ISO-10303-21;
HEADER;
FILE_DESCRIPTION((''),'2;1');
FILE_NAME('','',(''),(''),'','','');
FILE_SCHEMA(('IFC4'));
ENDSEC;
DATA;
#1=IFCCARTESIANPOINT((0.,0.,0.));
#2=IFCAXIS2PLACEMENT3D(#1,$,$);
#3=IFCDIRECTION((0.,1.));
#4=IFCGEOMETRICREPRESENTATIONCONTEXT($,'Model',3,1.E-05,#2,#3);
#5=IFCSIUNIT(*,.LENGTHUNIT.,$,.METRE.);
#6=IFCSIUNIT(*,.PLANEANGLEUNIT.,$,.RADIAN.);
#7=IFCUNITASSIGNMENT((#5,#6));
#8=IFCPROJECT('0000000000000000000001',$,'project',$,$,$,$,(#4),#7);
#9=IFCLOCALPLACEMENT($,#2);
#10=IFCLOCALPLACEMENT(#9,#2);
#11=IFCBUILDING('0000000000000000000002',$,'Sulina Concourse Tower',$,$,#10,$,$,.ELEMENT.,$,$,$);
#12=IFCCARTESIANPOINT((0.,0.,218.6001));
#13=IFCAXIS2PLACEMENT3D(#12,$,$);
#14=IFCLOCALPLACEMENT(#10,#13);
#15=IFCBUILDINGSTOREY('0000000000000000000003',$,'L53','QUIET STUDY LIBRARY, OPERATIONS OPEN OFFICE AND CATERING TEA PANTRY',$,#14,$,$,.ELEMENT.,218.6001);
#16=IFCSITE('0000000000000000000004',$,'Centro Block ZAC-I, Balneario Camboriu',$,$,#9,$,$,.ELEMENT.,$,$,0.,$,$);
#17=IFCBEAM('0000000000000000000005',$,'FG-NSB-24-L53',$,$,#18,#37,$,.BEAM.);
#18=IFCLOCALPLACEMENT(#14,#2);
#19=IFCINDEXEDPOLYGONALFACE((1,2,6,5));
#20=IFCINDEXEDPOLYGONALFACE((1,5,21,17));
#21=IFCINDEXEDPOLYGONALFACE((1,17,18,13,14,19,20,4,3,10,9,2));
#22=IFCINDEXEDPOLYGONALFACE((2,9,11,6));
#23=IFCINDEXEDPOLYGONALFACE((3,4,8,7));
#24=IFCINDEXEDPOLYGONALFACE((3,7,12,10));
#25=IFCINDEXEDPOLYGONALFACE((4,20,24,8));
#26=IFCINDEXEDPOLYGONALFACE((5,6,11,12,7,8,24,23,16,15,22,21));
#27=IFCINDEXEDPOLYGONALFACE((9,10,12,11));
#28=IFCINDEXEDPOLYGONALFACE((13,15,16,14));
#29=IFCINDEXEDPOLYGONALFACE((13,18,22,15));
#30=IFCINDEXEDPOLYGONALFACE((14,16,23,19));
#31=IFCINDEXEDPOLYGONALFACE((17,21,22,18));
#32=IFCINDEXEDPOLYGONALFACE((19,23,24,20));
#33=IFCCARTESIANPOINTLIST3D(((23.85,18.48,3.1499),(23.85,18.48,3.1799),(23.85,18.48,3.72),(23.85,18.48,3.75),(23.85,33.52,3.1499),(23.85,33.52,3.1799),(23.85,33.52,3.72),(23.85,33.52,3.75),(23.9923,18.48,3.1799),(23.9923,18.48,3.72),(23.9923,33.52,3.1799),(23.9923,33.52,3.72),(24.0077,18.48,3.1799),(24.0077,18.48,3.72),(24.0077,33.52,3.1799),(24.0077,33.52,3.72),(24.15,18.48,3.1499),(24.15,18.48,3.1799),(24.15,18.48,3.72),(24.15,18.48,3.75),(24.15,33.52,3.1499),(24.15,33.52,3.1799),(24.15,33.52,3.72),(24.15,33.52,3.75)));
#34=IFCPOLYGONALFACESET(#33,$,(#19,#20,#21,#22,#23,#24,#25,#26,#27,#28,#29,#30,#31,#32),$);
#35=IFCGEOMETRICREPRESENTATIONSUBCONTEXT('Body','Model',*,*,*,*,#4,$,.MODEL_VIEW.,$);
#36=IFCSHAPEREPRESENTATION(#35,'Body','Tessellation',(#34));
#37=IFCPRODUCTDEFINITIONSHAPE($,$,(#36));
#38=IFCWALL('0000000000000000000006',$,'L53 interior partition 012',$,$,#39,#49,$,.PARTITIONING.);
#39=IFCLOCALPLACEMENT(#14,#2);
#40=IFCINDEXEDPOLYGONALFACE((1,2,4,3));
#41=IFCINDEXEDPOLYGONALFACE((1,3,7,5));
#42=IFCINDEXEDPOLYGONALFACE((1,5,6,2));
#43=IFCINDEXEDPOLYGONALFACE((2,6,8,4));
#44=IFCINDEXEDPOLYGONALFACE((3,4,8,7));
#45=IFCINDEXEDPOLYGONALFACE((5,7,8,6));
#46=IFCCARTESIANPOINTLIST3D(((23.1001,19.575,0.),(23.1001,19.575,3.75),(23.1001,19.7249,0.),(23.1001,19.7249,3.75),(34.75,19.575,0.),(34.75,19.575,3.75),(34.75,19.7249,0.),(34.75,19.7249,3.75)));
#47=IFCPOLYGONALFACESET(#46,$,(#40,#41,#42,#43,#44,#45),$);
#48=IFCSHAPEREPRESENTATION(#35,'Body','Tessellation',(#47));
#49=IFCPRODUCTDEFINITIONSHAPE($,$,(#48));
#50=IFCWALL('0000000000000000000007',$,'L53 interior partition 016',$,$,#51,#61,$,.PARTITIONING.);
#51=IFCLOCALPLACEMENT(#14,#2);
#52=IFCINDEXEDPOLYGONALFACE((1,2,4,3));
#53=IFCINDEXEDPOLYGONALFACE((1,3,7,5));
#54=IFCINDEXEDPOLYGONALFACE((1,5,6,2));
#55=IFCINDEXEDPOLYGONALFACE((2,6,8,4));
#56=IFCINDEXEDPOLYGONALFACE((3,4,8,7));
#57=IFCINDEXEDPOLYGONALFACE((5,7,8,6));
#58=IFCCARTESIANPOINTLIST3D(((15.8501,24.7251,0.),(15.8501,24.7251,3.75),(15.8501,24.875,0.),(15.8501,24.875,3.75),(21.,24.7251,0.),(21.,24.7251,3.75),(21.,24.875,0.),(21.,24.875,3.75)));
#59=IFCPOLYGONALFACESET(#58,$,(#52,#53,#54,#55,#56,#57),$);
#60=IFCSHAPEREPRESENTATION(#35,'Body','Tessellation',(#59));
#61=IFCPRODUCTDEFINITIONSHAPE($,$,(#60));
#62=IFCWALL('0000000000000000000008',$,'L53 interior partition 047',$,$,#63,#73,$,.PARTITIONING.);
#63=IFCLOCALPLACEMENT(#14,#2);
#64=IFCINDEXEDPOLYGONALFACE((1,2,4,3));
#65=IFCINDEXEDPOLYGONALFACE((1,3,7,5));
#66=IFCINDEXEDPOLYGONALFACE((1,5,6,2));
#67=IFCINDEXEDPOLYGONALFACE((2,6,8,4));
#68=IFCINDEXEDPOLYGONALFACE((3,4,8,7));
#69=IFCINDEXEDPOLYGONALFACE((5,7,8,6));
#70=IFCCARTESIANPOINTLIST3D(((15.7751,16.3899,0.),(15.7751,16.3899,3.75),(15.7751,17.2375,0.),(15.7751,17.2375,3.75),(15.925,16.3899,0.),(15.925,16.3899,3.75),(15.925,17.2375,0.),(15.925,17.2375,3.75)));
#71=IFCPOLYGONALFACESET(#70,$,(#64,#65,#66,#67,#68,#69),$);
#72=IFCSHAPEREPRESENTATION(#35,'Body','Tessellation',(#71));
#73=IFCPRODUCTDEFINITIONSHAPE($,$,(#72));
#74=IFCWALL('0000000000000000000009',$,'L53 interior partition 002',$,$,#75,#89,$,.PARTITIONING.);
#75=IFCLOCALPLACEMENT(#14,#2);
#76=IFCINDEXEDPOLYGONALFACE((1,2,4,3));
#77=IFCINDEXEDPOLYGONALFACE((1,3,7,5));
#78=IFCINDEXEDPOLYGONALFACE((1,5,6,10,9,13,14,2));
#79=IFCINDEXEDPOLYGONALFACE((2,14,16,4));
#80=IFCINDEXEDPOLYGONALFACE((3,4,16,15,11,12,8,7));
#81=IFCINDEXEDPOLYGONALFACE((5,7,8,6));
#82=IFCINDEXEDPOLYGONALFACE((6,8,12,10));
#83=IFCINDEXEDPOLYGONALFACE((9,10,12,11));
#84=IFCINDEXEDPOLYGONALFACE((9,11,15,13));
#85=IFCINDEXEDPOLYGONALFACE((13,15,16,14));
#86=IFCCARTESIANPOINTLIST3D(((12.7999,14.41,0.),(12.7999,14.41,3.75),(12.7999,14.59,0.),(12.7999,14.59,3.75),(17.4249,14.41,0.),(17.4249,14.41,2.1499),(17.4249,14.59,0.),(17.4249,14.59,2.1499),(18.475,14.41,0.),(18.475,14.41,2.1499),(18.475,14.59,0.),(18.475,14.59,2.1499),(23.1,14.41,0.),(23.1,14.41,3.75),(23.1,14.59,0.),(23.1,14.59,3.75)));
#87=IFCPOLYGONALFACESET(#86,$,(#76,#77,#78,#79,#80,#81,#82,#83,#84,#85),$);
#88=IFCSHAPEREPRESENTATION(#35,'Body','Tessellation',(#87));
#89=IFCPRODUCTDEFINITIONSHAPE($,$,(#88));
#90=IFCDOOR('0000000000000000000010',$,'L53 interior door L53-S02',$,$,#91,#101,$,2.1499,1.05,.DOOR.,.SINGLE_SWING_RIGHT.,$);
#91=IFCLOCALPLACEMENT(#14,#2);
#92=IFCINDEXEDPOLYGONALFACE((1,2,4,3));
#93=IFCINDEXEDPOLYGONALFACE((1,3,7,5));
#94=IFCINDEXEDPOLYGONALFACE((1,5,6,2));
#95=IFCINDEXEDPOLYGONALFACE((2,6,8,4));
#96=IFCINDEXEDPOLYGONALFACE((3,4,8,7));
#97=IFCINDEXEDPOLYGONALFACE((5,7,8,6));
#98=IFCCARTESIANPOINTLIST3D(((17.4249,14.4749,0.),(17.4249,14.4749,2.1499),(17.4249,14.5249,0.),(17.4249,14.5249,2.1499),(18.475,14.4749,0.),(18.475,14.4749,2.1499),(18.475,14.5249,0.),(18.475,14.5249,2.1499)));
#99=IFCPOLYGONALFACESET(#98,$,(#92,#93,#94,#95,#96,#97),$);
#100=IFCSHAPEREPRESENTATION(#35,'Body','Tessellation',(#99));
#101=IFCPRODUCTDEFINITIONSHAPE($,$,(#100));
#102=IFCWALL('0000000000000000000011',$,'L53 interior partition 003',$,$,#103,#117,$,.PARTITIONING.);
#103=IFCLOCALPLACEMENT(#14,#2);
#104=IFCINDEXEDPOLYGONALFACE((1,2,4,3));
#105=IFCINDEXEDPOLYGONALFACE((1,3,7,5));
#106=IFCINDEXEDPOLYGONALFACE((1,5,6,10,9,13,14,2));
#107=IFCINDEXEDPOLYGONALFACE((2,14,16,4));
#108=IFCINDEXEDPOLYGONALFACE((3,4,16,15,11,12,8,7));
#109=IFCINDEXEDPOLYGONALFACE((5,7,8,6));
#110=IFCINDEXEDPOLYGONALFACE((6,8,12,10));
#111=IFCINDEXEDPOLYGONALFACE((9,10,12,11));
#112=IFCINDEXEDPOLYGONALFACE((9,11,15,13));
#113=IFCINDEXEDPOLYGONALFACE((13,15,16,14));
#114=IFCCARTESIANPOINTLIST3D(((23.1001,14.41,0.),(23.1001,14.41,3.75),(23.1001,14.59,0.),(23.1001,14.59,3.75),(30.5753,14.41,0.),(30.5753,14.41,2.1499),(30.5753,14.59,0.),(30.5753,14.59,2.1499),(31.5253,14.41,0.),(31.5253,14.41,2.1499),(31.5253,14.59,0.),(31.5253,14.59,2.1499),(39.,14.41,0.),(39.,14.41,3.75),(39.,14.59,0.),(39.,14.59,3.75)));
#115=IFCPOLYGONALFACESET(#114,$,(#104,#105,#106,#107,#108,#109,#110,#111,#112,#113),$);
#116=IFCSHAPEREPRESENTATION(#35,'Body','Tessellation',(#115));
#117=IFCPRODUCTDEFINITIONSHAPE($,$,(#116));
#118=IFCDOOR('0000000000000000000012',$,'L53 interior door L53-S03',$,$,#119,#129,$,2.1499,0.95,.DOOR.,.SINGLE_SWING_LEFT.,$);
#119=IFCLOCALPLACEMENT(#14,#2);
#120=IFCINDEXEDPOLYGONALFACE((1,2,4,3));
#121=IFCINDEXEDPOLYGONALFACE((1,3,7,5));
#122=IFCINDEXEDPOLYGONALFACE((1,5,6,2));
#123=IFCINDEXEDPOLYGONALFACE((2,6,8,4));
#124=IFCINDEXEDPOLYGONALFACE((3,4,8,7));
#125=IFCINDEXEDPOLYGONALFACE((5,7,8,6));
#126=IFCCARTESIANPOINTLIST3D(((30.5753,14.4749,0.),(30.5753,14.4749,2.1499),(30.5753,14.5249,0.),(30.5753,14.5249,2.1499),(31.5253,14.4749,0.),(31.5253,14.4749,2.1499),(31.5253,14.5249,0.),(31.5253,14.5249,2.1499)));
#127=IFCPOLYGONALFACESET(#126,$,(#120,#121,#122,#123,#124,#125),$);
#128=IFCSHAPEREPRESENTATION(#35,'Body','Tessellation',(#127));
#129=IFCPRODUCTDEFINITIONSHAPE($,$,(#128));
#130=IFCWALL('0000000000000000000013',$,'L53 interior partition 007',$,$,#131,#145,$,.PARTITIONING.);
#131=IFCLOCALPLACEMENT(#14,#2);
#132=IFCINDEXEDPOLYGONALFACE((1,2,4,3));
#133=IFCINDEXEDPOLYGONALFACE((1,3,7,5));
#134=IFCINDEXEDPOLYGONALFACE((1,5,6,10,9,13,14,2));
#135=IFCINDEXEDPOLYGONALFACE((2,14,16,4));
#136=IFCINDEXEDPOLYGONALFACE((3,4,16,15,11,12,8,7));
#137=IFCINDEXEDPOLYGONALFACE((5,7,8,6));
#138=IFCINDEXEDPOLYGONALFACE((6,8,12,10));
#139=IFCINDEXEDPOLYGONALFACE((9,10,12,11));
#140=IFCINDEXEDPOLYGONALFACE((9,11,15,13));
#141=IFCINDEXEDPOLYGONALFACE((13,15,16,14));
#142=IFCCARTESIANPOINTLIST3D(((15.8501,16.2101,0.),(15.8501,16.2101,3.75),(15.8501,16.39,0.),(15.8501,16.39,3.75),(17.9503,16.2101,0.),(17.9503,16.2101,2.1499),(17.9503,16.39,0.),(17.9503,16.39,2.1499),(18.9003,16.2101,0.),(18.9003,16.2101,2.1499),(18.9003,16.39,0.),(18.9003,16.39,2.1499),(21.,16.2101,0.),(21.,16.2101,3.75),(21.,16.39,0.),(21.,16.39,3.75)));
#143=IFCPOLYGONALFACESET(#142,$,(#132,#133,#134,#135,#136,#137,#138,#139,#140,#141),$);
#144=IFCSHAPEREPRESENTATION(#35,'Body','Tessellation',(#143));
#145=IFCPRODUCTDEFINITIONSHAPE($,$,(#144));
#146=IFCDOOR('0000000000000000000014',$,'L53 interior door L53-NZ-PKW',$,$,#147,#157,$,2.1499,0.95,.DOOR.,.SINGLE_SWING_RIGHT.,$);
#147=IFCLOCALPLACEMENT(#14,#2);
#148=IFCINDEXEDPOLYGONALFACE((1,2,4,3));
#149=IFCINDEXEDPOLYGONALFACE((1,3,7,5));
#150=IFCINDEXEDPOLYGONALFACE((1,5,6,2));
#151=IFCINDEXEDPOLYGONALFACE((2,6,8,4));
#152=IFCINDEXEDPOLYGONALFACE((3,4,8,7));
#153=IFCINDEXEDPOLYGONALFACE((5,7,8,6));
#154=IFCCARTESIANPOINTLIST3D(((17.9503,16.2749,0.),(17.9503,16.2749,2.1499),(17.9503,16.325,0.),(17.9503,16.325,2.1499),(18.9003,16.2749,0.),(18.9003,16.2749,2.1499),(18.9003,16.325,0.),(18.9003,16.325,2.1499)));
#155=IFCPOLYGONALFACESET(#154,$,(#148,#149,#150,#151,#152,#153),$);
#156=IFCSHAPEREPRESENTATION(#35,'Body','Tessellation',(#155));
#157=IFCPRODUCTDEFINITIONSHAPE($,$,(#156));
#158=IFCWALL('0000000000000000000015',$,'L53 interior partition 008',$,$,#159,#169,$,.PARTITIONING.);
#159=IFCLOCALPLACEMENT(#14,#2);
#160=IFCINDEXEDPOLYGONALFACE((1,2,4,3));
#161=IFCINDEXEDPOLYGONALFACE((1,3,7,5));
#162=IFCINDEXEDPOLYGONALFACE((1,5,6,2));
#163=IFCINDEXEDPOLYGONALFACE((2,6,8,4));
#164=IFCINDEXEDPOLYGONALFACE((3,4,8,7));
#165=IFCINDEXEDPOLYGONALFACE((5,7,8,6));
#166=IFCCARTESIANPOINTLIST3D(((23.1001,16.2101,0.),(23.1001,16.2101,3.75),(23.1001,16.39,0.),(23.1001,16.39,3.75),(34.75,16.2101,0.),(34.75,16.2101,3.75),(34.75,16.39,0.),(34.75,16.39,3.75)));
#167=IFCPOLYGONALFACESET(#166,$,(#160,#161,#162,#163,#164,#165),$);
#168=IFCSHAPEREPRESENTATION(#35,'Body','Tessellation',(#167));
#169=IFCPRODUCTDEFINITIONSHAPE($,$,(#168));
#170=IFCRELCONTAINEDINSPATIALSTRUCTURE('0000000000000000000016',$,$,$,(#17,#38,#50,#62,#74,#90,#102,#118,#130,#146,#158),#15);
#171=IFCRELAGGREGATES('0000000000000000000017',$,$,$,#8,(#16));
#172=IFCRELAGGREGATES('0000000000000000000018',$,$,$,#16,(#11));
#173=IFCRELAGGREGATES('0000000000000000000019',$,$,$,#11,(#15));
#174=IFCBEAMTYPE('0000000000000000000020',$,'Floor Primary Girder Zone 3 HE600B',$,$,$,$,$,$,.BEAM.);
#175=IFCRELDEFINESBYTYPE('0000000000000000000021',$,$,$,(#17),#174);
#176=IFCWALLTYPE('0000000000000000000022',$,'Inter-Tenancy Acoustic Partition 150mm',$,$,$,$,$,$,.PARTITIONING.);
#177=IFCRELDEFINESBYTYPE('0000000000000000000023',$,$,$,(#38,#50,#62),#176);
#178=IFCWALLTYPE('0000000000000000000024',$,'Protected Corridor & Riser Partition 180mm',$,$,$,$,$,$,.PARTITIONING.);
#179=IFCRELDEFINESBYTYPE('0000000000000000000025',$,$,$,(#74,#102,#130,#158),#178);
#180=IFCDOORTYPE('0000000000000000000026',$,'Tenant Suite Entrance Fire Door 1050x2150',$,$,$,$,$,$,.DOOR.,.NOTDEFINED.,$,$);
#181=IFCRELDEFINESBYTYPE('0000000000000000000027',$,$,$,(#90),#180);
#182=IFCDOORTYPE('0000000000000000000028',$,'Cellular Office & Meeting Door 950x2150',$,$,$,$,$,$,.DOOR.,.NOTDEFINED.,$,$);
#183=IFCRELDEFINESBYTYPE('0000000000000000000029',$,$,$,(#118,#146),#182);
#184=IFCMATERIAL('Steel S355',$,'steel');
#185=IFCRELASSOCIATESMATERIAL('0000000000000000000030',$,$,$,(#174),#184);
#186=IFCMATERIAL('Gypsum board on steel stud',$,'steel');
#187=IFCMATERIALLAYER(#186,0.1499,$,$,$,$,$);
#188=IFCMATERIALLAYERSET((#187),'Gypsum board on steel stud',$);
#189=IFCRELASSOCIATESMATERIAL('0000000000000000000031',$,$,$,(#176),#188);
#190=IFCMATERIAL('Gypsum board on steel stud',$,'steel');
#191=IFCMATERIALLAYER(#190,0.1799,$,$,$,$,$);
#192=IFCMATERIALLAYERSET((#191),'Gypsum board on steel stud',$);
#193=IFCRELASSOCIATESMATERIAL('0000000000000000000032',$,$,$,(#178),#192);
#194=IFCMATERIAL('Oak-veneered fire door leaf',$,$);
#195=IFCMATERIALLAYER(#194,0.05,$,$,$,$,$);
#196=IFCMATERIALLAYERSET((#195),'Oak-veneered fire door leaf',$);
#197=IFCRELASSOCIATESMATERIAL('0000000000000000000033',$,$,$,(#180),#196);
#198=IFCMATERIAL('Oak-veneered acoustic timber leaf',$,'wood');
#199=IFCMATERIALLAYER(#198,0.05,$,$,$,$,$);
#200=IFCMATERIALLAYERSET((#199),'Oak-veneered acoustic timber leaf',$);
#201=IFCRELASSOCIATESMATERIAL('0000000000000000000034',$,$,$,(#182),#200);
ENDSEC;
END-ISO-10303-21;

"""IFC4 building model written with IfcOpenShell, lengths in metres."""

from ifc_helpers import new_model, si_unit, direction, frame, frame_2d, origin, origin_2d, place, context, subcontext, project, spatial, rectangle, i_section, extrude, material, layer, layer_set, material_profile, profile_set, type_object, element, fill, save


model = new_model("IFC4")

# Units and contexts
model_context = context("Model", 3, precision=1e-05, world=origin(), true_north=direction((0.0, 1.0)))
body_context = subcontext(model_context, "Body", "Model", "MODEL_VIEW")
ifc_project = project(units=[si_unit("LENGTHUNIT", "METRE"), si_unit("PLANEANGLEUNIT", "RADIAN")], contexts=[model_context])

# Site, building, storey
site_placement = place(None, origin())
site = spatial("IfcSite", under=ifc_project, at=site_placement, Name="Centro Block ZAC-I, Balneario Camboriu", CompositionType="ELEMENT", RefElevation=0.0)
building_placement = place(site_placement, origin())
building = spatial("IfcBuilding", under=site, at=building_placement, Name="Sulina Concourse Tower", CompositionType="ELEMENT")
storey_placement = place(building_placement, frame((0.0, 0.0, 218.6001)))
storey = spatial("IfcBuildingStorey", under=building, at=storey_placement, Name="L53", Description="QUIET STUDY LIBRARY, OPERATIONS OPEN OFFICE AND CATERING TEA PANTRY", CompositionType="ELEMENT", Elevation=218.6001)

# Beam
ifc_material_1 = material(Name="Steel S355", Category="steel")
ifc_material_profile_1 = material_profile(ifc_material_1, i_section(OverallWidth=0.3, OverallDepth=0.6001, WebThickness=0.0154, FlangeThickness=0.03, at=origin_2d()), Name="HE 600 B")
ifc_profile_set_1 = profile_set([ifc_material_profile_1], Name="Steel S355")
beam_type_1 = type_object("IfcBeamType", Name="Floor Primary Girder Zone 3 HE600B", PredefinedType="BEAM", material=ifc_profile_set_1)
beam_1_placement = place(storey_placement, frame((24.0, 18.48, 3.45), z_axis=(0.0, 1.0, 0.0), x_axis=(-1.0, 0.0, 0.0)))
element("IfcBeam", 1, at=beam_1_placement, inside=storey, type_object=beam_type_1, Name="FG-NSB-24-L53", PredefinedType="BEAM", context=body_context, shape_type="SweptSolid", body=[
    extrude(i_section(OverallWidth=0.3, OverallDepth=0.6001, WebThickness=0.0154, FlangeThickness=0.03, at=origin_2d()), origin(), (0.0, 0.0, 1.0), 15.04),
])

# Walls
ifc_material_2 = material(Name="Gypsum board on steel stud", Category="steel")
ifc_layer_1 = layer(ifc_material_2, 0.1499)
ifc_layer_set_1 = layer_set([ifc_layer_1], Name="Gypsum board on steel stud")
wall_type_1 = type_object("IfcWallType", Name="Inter-Tenancy Acoustic Partition 150mm", PredefinedType="PARTITIONING", material=ifc_layer_set_1)
wall_1_placement = place(storey_placement, frame((23.1001, 19.6499, 0.0), z_axis=(0.0, 0.0, 1.0), x_axis=(1.0, 0.0, 0.0)))
element("IfcWall", 2, at=wall_1_placement, inside=storey, type_object=wall_type_1, Name="L53 interior partition 012", PredefinedType="PARTITIONING", context=body_context, shape_type="SweptSolid", body=[
    extrude(rectangle(XDim=11.6499, YDim=0.1499, at=frame_2d((5.825, 0.0))), origin(), (0.0, 0.0, 1.0), 3.75),
])
wall_2_placement = place(storey_placement, frame((15.8501, 24.8, 0.0), z_axis=(0.0, 0.0, 1.0), x_axis=(1.0, 0.0, 0.0)))
element("IfcWall", 3, at=wall_2_placement, inside=storey, type_object=wall_type_1, Name="L53 interior partition 016", PredefinedType="PARTITIONING", context=body_context, shape_type="SweptSolid", body=[
    extrude(rectangle(XDim=5.1499, YDim=0.1499, at=frame_2d((2.575, 0.0))), origin(), (0.0, 0.0, 1.0), 3.75),
])
wall_3_placement = place(storey_placement, frame((15.8501, 16.3899, 0.0), z_axis=(0.0, 0.0, 1.0), x_axis=(0.0, 1.0, 0.0)))
element("IfcWall", 4, at=wall_3_placement, inside=storey, type_object=wall_type_1, Name="L53 interior partition 047", PredefinedType="PARTITIONING", context=body_context, shape_type="SweptSolid", body=[
    extrude(rectangle(XDim=0.8477, YDim=0.1499, at=frame_2d((0.4238, 0.0))), origin(), (0.0, 0.0, 1.0), 3.75),
])

# Walls, openings, doors
ifc_material_3 = material(Name="Gypsum board on steel stud", Category="steel")
ifc_layer_2 = layer(ifc_material_3, 0.1799)
ifc_layer_set_2 = layer_set([ifc_layer_2], Name="Gypsum board on steel stud")
wall_type_2 = type_object("IfcWallType", Name="Protected Corridor & Riser Partition 180mm", PredefinedType="PARTITIONING", material=ifc_layer_set_2)
wall_4_placement = place(storey_placement, frame((12.8, 14.5, 0.0), z_axis=(0.0, 0.0, 1.0), x_axis=(1.0, 0.0, 0.0)))
wall_4 = element("IfcWall", 5, at=wall_4_placement, inside=storey, type_object=wall_type_2, Name="L53 interior partition 002", PredefinedType="PARTITIONING", context=body_context, shape_type="SweptSolid", body=[
    extrude(rectangle(XDim=10.3, YDim=0.1799, at=frame_2d((5.1499, 0.0))), origin(), (0.0, 0.0, 1.0), 3.75),
])
opening_1_placement = place(wall_4_placement, frame((4.625, 0.0, 0.0)))
opening_1 = element("IfcOpeningElement", 6, at=opening_1_placement, cuts=wall_4, PredefinedType="OPENING", context=body_context, shape_type="SweptSolid", body=[
    extrude(rectangle(XDim=1.05, YDim=2.1499, at=frame_2d((0.5249, 1.075))), frame((0.0, 0.0999, 0.0), z_axis=(0.0, -1.0, 0.0), x_axis=(1.0, 0.0, 0.0)), (0.0, 0.0, 1.0), 0.2),
])
ifc_material_4 = material(Name="Oak-veneered fire door leaf")
ifc_layer_3 = layer(ifc_material_4, 0.05)
ifc_layer_set_3 = layer_set([ifc_layer_3], Name="Oak-veneered fire door leaf")
door_type_1 = type_object("IfcDoorType", Name="Tenant Suite Entrance Fire Door 1050x2150", OperationType="NOTDEFINED", PredefinedType="DOOR", material=ifc_layer_set_3)
door_1_placement = place(opening_1_placement, origin())
door_1 = element("IfcDoor", 7, at=door_1_placement, inside=storey, type_object=door_type_1, Name="L53 interior door L53-S02", OperationType="SINGLE_SWING_RIGHT", OverallHeight=2.1499, OverallWidth=1.05, PredefinedType="DOOR", context=body_context, shape_type="SweptSolid", body=[
    extrude(rectangle(XDim=1.05, YDim=2.1499, at=frame_2d((0.5249, 1.075))), frame((0.0, 0.0249, 0.0), z_axis=(0.0, -1.0, 0.0), x_axis=(1.0, 0.0, 0.0)), (0.0, 0.0, 1.0), 0.05),
])
fill(opening_1, door_1)
wall_5_placement = place(storey_placement, frame((23.1001, 14.5, 0.0), z_axis=(0.0, 0.0, 1.0), x_axis=(1.0, 0.0, 0.0)))
wall_5 = element("IfcWall", 8, at=wall_5_placement, inside=storey, type_object=wall_type_2, Name="L53 interior partition 003", PredefinedType="PARTITIONING", context=body_context, shape_type="SweptSolid", body=[
    extrude(rectangle(XDim=15.8999, YDim=0.1799, at=frame_2d((7.95, 0.0))), origin(), (0.0, 0.0, 1.0), 3.75),
])
opening_2_placement = place(wall_5_placement, frame((7.4751, 0.0, 0.0)))
opening_2 = element("IfcOpeningElement", 9, at=opening_2_placement, cuts=wall_5, PredefinedType="OPENING", context=body_context, shape_type="SweptSolid", body=[
    extrude(rectangle(XDim=0.95, YDim=2.1499, at=frame_2d((0.4751, 1.075))), frame((0.0, 0.0999, 0.0), z_axis=(0.0, -1.0, 0.0), x_axis=(1.0, 0.0, 0.0)), (0.0, 0.0, 1.0), 0.2),
])
ifc_material_5 = material(Name="Oak-veneered acoustic timber leaf", Category="wood")
ifc_layer_4 = layer(ifc_material_5, 0.05)
ifc_layer_set_4 = layer_set([ifc_layer_4], Name="Oak-veneered acoustic timber leaf")
door_type_2 = type_object("IfcDoorType", Name="Cellular Office & Meeting Door 950x2150", OperationType="NOTDEFINED", PredefinedType="DOOR", material=ifc_layer_set_4)
door_2_placement = place(opening_2_placement, origin())
door_2 = element("IfcDoor", 10, at=door_2_placement, inside=storey, type_object=door_type_2, Name="L53 interior door L53-S03", OperationType="SINGLE_SWING_LEFT", OverallHeight=2.1499, OverallWidth=0.95, PredefinedType="DOOR", context=body_context, shape_type="SweptSolid", body=[
    extrude(rectangle(XDim=0.95, YDim=2.1499, at=frame_2d((0.4751, 1.075))), frame((0.0, 0.0249, 0.0), z_axis=(0.0, -1.0, 0.0), x_axis=(1.0, 0.0, 0.0)), (0.0, 0.0, 1.0), 0.05),
])
fill(opening_2, door_2)
wall_6_placement = place(storey_placement, frame((15.8501, 16.3, 0.0), z_axis=(0.0, 0.0, 1.0), x_axis=(1.0, 0.0, 0.0)))
wall_6 = element("IfcWall", 11, at=wall_6_placement, inside=storey, type_object=wall_type_2, Name="L53 interior partition 007", PredefinedType="PARTITIONING", context=body_context, shape_type="SweptSolid", body=[
    extrude(rectangle(XDim=5.1499, YDim=0.1799, at=frame_2d((2.575, 0.0))), origin(), (0.0, 0.0, 1.0), 3.75),
])
opening_3_placement = place(wall_6_placement, frame((2.1001, 0.0, 0.0)))
opening_3 = element("IfcOpeningElement", 12, at=opening_3_placement, cuts=wall_6, PredefinedType="OPENING", context=body_context, shape_type="SweptSolid", body=[
    extrude(rectangle(XDim=0.95, YDim=2.1499, at=frame_2d((0.4751, 1.075))), frame((0.0, 0.0999, 0.0), z_axis=(0.0, -1.0, 0.0), x_axis=(1.0, 0.0, 0.0)), (0.0, 0.0, 1.0), 0.2),
])
door_3_placement = place(opening_3_placement, origin())
door_3 = element("IfcDoor", 13, at=door_3_placement, inside=storey, type_object=door_type_2, Name="L53 interior door L53-NZ-PKW", OperationType="SINGLE_SWING_RIGHT", OverallHeight=2.1499, OverallWidth=0.95, PredefinedType="DOOR", context=body_context, shape_type="SweptSolid", body=[
    extrude(rectangle(XDim=0.95, YDim=2.1499, at=frame_2d((0.4751, 1.075))), frame((0.0, 0.0249, 0.0), z_axis=(0.0, -1.0, 0.0), x_axis=(1.0, 0.0, 0.0)), (0.0, 0.0, 1.0), 0.05),
])
fill(opening_3, door_3)

# Wall
wall_7_placement = place(storey_placement, frame((23.1001, 16.3, 0.0), z_axis=(0.0, 0.0, 1.0), x_axis=(1.0, 0.0, 0.0)))
element("IfcWall", 14, at=wall_7_placement, inside=storey, type_object=wall_type_2, Name="L53 interior partition 008", PredefinedType="PARTITIONING", context=body_context, shape_type="SweptSolid", body=[
    extrude(rectangle(XDim=11.6499, YDim=0.1799, at=frame_2d((5.825, 0.0))), origin(), (0.0, 0.0, 1.0), 3.75),
])

save(model, "model.ifc")
